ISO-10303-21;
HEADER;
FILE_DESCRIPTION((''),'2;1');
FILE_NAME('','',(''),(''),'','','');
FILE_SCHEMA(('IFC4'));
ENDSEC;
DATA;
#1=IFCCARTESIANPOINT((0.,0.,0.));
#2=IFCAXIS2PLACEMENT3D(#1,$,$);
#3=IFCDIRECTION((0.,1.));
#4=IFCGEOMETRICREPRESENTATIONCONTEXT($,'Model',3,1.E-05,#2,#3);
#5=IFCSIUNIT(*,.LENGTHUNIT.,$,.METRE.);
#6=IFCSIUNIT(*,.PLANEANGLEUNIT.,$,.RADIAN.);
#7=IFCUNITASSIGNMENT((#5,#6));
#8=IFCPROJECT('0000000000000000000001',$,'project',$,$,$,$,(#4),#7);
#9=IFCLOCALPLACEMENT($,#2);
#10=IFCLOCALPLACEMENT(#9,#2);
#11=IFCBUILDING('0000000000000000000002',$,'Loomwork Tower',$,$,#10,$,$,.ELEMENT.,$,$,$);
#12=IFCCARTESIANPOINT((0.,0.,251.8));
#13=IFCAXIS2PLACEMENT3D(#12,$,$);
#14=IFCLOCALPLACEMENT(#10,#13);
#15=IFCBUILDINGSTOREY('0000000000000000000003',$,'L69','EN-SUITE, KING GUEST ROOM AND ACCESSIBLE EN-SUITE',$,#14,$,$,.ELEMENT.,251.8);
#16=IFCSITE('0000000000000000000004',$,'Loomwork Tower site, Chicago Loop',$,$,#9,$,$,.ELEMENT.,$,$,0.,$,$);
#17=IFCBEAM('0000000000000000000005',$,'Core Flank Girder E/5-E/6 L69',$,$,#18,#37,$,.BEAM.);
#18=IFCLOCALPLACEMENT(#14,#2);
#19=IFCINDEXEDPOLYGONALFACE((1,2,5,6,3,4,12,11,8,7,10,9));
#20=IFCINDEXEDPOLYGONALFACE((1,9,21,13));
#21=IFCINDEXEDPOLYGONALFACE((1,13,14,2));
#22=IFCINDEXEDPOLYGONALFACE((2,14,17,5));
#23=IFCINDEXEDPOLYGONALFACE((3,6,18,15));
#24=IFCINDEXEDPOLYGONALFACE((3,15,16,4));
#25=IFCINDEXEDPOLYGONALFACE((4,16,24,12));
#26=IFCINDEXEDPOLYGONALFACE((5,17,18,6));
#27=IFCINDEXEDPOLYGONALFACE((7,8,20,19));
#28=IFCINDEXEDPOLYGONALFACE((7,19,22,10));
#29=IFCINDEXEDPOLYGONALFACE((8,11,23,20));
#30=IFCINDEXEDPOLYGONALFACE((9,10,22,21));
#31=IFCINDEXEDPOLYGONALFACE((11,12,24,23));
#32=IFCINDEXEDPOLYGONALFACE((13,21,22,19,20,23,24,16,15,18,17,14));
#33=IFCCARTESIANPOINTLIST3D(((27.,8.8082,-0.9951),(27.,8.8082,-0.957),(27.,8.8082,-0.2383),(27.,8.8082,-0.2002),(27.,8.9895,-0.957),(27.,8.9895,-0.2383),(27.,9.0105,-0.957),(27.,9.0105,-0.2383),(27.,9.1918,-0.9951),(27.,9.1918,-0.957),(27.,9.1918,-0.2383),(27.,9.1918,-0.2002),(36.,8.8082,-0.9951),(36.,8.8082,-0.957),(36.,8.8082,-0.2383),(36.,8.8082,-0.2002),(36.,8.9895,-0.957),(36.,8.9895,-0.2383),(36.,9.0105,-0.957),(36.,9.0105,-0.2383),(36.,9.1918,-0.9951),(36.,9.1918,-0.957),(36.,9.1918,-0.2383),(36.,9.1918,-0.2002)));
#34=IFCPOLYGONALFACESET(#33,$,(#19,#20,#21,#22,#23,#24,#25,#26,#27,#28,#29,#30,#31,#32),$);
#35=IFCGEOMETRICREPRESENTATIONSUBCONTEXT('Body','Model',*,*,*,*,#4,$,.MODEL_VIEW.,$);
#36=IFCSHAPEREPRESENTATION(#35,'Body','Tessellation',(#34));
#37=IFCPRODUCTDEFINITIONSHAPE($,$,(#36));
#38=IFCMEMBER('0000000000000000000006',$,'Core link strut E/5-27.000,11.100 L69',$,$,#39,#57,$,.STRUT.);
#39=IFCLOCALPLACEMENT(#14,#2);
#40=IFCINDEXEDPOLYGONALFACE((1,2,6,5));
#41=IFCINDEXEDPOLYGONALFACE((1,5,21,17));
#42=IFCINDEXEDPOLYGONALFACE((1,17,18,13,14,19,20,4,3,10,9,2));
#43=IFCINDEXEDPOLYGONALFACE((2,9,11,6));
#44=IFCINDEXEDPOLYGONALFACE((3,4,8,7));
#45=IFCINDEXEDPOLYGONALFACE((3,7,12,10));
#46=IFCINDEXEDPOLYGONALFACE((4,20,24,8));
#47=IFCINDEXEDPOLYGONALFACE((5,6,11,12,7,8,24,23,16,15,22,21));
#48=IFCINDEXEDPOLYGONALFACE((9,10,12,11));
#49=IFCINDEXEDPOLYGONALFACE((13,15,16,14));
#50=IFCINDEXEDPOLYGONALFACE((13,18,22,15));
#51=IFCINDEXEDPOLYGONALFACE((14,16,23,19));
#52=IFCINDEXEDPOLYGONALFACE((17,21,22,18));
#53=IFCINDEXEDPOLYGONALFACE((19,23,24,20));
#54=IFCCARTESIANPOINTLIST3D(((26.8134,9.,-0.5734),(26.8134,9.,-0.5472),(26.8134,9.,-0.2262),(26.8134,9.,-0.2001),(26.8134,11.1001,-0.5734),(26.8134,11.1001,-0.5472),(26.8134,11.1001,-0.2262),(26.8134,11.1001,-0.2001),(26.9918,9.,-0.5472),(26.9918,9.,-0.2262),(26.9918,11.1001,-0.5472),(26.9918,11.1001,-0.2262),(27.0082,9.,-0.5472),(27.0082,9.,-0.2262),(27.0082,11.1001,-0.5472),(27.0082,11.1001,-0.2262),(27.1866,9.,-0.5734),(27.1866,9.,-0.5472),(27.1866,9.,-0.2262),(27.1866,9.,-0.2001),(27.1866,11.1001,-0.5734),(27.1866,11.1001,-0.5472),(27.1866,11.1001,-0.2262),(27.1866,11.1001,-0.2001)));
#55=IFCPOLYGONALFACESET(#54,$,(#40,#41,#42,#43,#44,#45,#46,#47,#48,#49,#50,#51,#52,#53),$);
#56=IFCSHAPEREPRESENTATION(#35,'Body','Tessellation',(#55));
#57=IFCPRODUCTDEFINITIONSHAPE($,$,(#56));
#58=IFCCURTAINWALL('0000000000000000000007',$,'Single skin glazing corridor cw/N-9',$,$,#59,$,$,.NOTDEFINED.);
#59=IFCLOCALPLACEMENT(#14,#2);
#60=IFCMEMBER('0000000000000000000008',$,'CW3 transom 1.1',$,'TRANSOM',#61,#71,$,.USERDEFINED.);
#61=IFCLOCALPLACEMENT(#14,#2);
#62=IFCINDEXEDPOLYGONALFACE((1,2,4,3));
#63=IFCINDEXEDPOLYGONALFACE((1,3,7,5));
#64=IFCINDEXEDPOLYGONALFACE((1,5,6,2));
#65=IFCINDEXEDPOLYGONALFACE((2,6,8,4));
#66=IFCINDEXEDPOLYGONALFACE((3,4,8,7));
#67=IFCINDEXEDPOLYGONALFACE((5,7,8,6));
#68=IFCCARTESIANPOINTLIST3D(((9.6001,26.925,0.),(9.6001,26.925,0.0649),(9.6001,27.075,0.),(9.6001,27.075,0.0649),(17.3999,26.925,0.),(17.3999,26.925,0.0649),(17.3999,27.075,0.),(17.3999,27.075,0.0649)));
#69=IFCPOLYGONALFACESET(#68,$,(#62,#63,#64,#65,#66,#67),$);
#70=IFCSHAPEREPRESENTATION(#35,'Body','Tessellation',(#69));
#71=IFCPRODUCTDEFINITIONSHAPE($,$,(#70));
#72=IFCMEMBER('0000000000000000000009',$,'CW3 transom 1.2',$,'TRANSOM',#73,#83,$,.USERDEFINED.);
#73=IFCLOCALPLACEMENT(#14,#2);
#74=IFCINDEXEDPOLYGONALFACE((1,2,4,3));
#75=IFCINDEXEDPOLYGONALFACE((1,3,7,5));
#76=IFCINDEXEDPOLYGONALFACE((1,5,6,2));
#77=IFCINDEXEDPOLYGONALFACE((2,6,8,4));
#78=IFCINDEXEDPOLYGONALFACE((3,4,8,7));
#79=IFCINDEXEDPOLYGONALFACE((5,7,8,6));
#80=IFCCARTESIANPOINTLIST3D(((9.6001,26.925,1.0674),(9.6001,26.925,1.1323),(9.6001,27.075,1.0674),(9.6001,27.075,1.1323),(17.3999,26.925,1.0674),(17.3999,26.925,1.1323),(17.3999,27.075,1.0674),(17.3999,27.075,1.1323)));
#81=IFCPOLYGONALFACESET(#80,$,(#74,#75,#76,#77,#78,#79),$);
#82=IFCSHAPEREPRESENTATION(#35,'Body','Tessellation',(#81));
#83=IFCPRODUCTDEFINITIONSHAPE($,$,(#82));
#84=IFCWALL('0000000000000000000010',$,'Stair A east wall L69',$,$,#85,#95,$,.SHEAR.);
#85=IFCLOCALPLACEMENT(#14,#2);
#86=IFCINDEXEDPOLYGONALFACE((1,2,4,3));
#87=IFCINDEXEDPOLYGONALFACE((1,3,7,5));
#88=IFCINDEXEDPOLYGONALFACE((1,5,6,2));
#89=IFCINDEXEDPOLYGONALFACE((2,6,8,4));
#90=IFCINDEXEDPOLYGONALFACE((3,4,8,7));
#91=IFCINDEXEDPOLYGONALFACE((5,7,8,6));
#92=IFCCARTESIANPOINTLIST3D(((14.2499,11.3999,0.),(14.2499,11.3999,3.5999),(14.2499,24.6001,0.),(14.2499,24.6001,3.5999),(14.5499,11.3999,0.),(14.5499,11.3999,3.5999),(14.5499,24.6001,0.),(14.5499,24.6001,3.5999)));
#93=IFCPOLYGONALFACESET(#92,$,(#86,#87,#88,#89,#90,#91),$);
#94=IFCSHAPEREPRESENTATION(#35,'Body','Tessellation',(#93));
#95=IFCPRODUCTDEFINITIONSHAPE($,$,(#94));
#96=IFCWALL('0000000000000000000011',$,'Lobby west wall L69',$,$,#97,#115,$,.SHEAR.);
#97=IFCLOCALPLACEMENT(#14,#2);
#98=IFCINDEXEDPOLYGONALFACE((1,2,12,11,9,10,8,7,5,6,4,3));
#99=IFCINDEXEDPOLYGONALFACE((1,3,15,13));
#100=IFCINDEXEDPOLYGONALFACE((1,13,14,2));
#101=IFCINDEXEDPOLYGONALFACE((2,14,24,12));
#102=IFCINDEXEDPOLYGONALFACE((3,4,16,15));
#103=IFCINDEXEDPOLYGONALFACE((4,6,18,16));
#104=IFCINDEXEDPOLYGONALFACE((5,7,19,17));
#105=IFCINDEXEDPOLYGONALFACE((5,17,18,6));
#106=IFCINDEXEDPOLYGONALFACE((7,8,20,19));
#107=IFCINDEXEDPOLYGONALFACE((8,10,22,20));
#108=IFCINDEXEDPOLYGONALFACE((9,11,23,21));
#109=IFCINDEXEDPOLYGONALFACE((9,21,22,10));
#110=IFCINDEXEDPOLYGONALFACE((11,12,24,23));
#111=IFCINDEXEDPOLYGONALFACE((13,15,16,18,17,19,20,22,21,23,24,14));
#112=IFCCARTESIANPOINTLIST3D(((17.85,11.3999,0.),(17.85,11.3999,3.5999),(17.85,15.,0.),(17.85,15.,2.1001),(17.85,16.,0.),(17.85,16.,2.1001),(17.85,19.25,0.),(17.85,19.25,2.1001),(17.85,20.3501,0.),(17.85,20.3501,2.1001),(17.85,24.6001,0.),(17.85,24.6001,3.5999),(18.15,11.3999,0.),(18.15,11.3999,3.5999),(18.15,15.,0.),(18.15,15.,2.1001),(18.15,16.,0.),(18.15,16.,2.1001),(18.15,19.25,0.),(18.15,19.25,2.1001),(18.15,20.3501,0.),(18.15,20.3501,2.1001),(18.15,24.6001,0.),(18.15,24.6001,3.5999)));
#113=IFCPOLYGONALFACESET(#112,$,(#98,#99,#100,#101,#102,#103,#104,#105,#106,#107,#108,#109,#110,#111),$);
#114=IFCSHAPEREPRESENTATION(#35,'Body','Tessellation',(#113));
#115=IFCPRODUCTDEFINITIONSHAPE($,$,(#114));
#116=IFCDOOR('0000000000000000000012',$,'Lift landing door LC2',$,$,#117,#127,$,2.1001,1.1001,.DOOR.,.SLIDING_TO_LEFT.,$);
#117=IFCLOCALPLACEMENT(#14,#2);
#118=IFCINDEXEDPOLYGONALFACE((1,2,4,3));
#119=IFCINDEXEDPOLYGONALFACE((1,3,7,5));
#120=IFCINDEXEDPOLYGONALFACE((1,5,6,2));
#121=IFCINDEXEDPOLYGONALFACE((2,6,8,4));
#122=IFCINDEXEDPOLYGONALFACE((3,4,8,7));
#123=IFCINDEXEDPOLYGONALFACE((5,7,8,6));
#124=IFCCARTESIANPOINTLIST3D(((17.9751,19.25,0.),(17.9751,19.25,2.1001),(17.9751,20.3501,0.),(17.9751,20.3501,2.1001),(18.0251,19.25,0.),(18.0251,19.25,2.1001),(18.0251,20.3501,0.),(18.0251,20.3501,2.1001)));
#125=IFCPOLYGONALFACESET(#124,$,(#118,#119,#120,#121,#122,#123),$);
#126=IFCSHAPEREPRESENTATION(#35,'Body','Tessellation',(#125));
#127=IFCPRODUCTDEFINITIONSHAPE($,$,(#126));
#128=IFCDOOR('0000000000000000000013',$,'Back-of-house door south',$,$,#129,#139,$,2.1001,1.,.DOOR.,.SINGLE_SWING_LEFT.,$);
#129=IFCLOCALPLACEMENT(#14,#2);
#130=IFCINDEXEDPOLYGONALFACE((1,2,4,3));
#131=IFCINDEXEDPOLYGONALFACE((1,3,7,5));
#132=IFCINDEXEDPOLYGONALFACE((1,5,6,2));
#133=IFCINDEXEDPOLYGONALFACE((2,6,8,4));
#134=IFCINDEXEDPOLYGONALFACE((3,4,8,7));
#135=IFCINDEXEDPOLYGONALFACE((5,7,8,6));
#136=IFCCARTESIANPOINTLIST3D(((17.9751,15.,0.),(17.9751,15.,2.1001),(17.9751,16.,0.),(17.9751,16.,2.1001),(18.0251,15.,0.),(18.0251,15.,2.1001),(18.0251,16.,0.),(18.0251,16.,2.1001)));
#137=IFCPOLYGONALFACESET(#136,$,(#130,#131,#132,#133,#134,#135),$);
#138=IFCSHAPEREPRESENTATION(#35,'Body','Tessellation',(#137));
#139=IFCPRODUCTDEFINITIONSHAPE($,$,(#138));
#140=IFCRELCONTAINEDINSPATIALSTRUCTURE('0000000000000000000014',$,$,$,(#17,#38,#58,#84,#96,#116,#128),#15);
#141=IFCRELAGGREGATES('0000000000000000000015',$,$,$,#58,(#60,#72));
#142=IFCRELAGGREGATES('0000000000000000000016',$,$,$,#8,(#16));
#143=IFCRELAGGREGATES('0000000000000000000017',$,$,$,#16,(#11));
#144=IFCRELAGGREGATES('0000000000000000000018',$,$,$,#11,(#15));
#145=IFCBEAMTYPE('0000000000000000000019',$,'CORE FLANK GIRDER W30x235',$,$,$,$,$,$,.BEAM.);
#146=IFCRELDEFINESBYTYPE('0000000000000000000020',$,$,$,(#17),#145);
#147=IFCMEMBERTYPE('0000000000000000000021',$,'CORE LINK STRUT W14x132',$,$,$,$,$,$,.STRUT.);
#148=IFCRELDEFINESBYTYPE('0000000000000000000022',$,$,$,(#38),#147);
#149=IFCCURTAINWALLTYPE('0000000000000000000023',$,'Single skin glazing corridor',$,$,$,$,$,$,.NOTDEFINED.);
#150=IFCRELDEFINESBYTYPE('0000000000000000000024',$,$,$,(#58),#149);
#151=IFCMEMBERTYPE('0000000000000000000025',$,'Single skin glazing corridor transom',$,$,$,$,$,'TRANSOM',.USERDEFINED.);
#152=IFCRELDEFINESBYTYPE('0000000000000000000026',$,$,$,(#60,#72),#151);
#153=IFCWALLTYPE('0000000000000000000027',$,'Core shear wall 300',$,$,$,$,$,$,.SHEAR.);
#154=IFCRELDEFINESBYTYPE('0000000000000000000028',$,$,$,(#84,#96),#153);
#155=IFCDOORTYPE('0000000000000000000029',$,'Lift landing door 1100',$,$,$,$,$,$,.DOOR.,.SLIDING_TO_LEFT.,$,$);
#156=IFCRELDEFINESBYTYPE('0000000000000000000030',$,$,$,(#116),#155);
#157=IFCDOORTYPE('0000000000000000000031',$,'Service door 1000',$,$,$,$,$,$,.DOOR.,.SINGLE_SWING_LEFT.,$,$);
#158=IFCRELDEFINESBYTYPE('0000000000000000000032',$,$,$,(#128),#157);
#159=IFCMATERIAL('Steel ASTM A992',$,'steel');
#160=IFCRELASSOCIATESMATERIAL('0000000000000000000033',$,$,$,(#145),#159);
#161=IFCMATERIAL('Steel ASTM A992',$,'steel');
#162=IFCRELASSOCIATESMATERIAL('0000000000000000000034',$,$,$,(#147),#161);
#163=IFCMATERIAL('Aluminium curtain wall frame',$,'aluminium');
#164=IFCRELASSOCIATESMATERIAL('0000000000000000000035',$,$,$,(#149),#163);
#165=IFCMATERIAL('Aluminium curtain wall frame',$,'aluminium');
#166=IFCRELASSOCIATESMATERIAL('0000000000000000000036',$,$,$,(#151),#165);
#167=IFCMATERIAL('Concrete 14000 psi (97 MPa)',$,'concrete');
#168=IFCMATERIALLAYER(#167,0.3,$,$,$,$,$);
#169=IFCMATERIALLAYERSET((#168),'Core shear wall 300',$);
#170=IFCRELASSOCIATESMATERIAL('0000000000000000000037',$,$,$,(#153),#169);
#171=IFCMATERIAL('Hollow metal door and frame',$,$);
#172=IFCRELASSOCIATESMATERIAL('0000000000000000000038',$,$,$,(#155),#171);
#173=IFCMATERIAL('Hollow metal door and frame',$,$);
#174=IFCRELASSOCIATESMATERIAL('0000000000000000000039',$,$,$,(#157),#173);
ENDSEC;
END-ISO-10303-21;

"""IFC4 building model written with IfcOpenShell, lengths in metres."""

from ifc_helpers import new_model, si_unit, direction, frame, frame_2d, origin, origin_2d, place, context, subcontext, project, spatial, rectangle, i_section, extrude, material, layer, layer_set, material_profile, profile_set, type_object, element, fill, aggregate, save


model = new_model("IFC4")

# Units and contexts
model_context = context("Model", 3, precision=1e-05, world=origin(), true_north=direction((0.0, 1.0)))
body_context = subcontext(model_context, "Body", "Model", "MODEL_VIEW")
ifc_project = project(units=[si_unit("LENGTHUNIT", "METRE"), si_unit("PLANEANGLEUNIT", "RADIAN")], contexts=[model_context])

# Site, building, storey
site_placement = place(None, origin())
site = spatial("IfcSite", under=ifc_project, at=site_placement, Name="Loomwork Tower site, Chicago Loop", CompositionType="ELEMENT", RefElevation=0.0)
building_placement = place(site_placement, origin())
building = spatial("IfcBuilding", under=site, at=building_placement, Name="Loomwork Tower", CompositionType="ELEMENT")
storey_placement = place(building_placement, frame((0.0, 0.0, 251.8)))
storey = spatial("IfcBuildingStorey", under=building, at=storey_placement, Name="L69", Description="EN-SUITE, KING GUEST ROOM AND ACCESSIBLE EN-SUITE", CompositionType="ELEMENT", Elevation=251.8)

# Beam
ifc_material_1 = material(Name="Steel ASTM A992", Category="steel")
ifc_material_profile_1 = material_profile(ifc_material_1, i_section(OverallWidth=0.3835, OverallDepth=0.7949, WebThickness=0.021, FlangeThickness=0.0381, at=origin_2d()), Name="W30x235")
ifc_profile_set_1 = profile_set([ifc_material_profile_1], Name="Steel ASTM A992")
beam_type = type_object("IfcBeamType", Name="CORE FLANK GIRDER W30x235", PredefinedType="BEAM", material=ifc_profile_set_1)
beam_placement = place(storey_placement, frame((27.0, 9.0, -0.5977), z_axis=(1.0, 0.0, 0.0), x_axis=(0.0, 1.0, 0.0)))
element("IfcBeam", 1, at=beam_placement, inside=storey, type_object=beam_type, Name="Core Flank Girder E/5-E/6 L69", PredefinedType="BEAM", context=body_context, shape_type="SweptSolid", body=[
    extrude(i_section(OverallWidth=0.3835, OverallDepth=0.7949, WebThickness=0.021, FlangeThickness=0.0381, at=origin_2d()), origin(), (0.0, 0.0, 1.0), 9.0),
])

# Member
ifc_material_2 = material(Name="Steel ASTM A992", Category="steel")
ifc_material_profile_2 = material_profile(ifc_material_2, i_section(OverallWidth=0.3733, OverallDepth=0.3733, WebThickness=0.0164, FlangeThickness=0.0261, at=origin_2d()), Name="W14x132")
ifc_profile_set_2 = profile_set([ifc_material_profile_2], Name="Steel ASTM A992")
member_type_1 = type_object("IfcMemberType", Name="CORE LINK STRUT W14x132", PredefinedType="STRUT", material=ifc_profile_set_2)
member_1_placement = place(storey_placement, frame((27.0, 9.0, -0.3867), z_axis=(0.0, 1.0, 0.0), x_axis=(-1.0, 0.0, 0.0)))
element("IfcMember", 2, at=member_1_placement, inside=storey, type_object=member_type_1, Name="Core link strut E/5-27.000,11.100 L69", PredefinedType="STRUT", context=body_context, shape_type="SweptSolid", body=[
    extrude(i_section(OverallWidth=0.3733, OverallDepth=0.3733, WebThickness=0.0164, FlangeThickness=0.0261, at=origin_2d()), origin(), (0.0, 0.0, 1.0), 2.1001),
])

# Curtain wall, members
ifc_material_3 = material(Name="Aluminium curtain wall frame", Category="aluminium")
curtain_wall_type = type_object("IfcCurtainWallType", Name="Single skin glazing corridor", PredefinedType="NOTDEFINED", material=ifc_material_3)
curtain_wall_placement = place(storey_placement, origin())
curtain_wall = element("IfcCurtainWall", 3, at=curtain_wall_placement, inside=storey, type_object=curtain_wall_type, Name="Single skin glazing corridor cw/N-9", PredefinedType="NOTDEFINED")
ifc_material_4 = material(Name="Aluminium curtain wall frame", Category="aluminium")
ifc_material_profile_3 = material_profile(ifc_material_4, rectangle(XDim=0.1499, YDim=0.0649, at=origin_2d()), Name="AL 65x150")
ifc_profile_set_3 = profile_set([ifc_material_profile_3], Name="Aluminium curtain wall frame")
member_type_2 = type_object("IfcMemberType", Name="Single skin glazing corridor transom", ElementType="TRANSOM", PredefinedType="USERDEFINED", material=ifc_profile_set_3)
member_2_placement = place(storey_placement, frame((17.3999, 27.0, 0.0325), z_axis=(-1.0, 0.0, 0.0), x_axis=(0.0, -1.0, 0.0)))
member_2 = element("IfcMember", 4, at=member_2_placement, type_object=member_type_2, Name="CW3 transom 1.1", ObjectType="TRANSOM", PredefinedType="USERDEFINED", context=body_context, shape_type="SweptSolid", body=[
    extrude(rectangle(XDim=0.1499, YDim=0.0649, at=origin_2d()), origin(), (0.0, 0.0, 1.0), 7.7998),
])
member_3_placement = place(storey_placement, frame((17.3999, 27.0, 1.0999), z_axis=(-1.0, 0.0, 0.0), x_axis=(0.0, -1.0, 0.0)))
member_3 = element("IfcMember", 5, at=member_3_placement, type_object=member_type_2, Name="CW3 transom 1.2", ObjectType="TRANSOM", PredefinedType="USERDEFINED", context=body_context, shape_type="SweptSolid", body=[
    extrude(rectangle(XDim=0.1499, YDim=0.0649, at=origin_2d()), origin(), (0.0, 0.0, 1.0), 7.7998),
])
aggregate(curtain_wall, [member_2, member_3])

# Wall
ifc_material_5 = material(Name="Concrete 14000 psi (97 MPa)", Category="concrete")
ifc_layer_1 = layer(ifc_material_5, 0.3)
ifc_layer_set_1 = layer_set([ifc_layer_1], Name="Core shear wall 300")
wall_type_1 = type_object("IfcWallType", Name="Core shear wall 300", PredefinedType="SHEAR", material=ifc_layer_set_1)
wall_1_placement = place(storey_placement, frame((14.3999, 11.3999, 0.0), z_axis=(0.0, 0.0, 1.0), x_axis=(0.0, 1.0, 0.0)))
element("IfcWall", 6, at=wall_1_placement, inside=storey, type_object=wall_type_1, Name="Stair A east wall L69", PredefinedType="SHEAR", context=body_context, shape_type="SweptSolid", body=[
    extrude(rectangle(XDim=13.2002, YDim=0.3, at=frame_2d((6.6001, 0.0))), origin(), (0.0, 0.0, 1.0), 3.5999),
])

# Wall, openings, doors
wall_2_placement = place(storey_placement, frame((18.0, 11.3999, 0.0), z_axis=(0.0, 0.0, 1.0), x_axis=(0.0, 1.0, 0.0)))
wall_2 = element("IfcWall", 7, at=wall_2_placement, inside=storey, type_object=wall_type_1, Name="Lobby west wall L69", PredefinedType="SHEAR", context=body_context, shape_type="SweptSolid", body=[
    extrude(rectangle(XDim=13.2002, YDim=0.3, at=frame_2d((6.6001, 0.0))), origin(), (0.0, 0.0, 1.0), 3.5999),
])
opening_1_placement = place(wall_2_placement, frame((3.6001, 0.0, 0.0)))
opening_1 = element("IfcOpeningElement", 8, at=opening_1_placement, cuts=wall_2, PredefinedType="OPENING", context=body_context, shape_type="SweptSolid", body=[
    extrude(rectangle(XDim=1.0, YDim=2.1001, at=frame_2d((0.5, 1.05))), frame((0.0, 0.1599, 0.0), z_axis=(0.0, -1.0, 0.0), x_axis=(1.0, 0.0, 0.0)), (0.0, 0.0, 1.0), 0.3201),
])
opening_2_placement = place(wall_2_placement, frame((7.8501, 0.0, 0.0)))
opening_2 = element("IfcOpeningElement", 9, at=opening_2_placement, cuts=wall_2, PredefinedType="OPENING", context=body_context, shape_type="SweptSolid", body=[
    extrude(rectangle(XDim=1.1001, YDim=2.1001, at=frame_2d((0.55, 1.05))), frame((0.0, 0.1599, 0.0), z_axis=(0.0, -1.0, 0.0), x_axis=(1.0, 0.0, 0.0)), (0.0, 0.0, 1.0), 0.3201),
])
ifc_material_6 = material(Name="Hollow metal door and frame")
door_type_1 = type_object("IfcDoorType", Name="Lift landing door 1100", OperationType="SLIDING_TO_LEFT", PredefinedType="DOOR", material=ifc_material_6)
door_1_placement = place(opening_2_placement, origin())
door_1 = element("IfcDoor", 10, at=door_1_placement, inside=storey, type_object=door_type_1, Name="Lift landing door LC2", OperationType="SLIDING_TO_LEFT", OverallHeight=2.1001, OverallWidth=1.1001, PredefinedType="DOOR", context=body_context, shape_type="SweptSolid", body=[
    extrude(rectangle(XDim=1.1001, YDim=2.1001, at=frame_2d((0.55, 1.05))), frame((0.0, 0.0249, 0.0), z_axis=(0.0, -1.0, 0.0), x_axis=(1.0, 0.0, 0.0)), (0.0, 0.0, 1.0), 0.05),
])
fill(opening_2, door_1)
ifc_material_7 = material(Name="Hollow metal door and frame")
door_type_2 = type_object("IfcDoorType", Name="Service door 1000", OperationType="SINGLE_SWING_LEFT", PredefinedType="DOOR", material=ifc_material_7)
door_2_placement = place(opening_1_placement, origin())
door_2 = element("IfcDoor", 11, at=door_2_placement, inside=storey, type_object=door_type_2, Name="Back-of-house door south", OperationType="SINGLE_SWING_LEFT", OverallHeight=2.1001, OverallWidth=1.0, PredefinedType="DOOR", context=body_context, shape_type="SweptSolid", body=[
    extrude(rectangle(XDim=1.0, YDim=2.1001, at=frame_2d((0.5, 1.05))), frame((0.0, 0.0249, 0.0), z_axis=(0.0, -1.0, 0.0), x_axis=(1.0, 0.0, 0.0)), (0.0, 0.0, 1.0), 0.05),
])
fill(opening_1, door_2)

save(model, "model.ifc")
